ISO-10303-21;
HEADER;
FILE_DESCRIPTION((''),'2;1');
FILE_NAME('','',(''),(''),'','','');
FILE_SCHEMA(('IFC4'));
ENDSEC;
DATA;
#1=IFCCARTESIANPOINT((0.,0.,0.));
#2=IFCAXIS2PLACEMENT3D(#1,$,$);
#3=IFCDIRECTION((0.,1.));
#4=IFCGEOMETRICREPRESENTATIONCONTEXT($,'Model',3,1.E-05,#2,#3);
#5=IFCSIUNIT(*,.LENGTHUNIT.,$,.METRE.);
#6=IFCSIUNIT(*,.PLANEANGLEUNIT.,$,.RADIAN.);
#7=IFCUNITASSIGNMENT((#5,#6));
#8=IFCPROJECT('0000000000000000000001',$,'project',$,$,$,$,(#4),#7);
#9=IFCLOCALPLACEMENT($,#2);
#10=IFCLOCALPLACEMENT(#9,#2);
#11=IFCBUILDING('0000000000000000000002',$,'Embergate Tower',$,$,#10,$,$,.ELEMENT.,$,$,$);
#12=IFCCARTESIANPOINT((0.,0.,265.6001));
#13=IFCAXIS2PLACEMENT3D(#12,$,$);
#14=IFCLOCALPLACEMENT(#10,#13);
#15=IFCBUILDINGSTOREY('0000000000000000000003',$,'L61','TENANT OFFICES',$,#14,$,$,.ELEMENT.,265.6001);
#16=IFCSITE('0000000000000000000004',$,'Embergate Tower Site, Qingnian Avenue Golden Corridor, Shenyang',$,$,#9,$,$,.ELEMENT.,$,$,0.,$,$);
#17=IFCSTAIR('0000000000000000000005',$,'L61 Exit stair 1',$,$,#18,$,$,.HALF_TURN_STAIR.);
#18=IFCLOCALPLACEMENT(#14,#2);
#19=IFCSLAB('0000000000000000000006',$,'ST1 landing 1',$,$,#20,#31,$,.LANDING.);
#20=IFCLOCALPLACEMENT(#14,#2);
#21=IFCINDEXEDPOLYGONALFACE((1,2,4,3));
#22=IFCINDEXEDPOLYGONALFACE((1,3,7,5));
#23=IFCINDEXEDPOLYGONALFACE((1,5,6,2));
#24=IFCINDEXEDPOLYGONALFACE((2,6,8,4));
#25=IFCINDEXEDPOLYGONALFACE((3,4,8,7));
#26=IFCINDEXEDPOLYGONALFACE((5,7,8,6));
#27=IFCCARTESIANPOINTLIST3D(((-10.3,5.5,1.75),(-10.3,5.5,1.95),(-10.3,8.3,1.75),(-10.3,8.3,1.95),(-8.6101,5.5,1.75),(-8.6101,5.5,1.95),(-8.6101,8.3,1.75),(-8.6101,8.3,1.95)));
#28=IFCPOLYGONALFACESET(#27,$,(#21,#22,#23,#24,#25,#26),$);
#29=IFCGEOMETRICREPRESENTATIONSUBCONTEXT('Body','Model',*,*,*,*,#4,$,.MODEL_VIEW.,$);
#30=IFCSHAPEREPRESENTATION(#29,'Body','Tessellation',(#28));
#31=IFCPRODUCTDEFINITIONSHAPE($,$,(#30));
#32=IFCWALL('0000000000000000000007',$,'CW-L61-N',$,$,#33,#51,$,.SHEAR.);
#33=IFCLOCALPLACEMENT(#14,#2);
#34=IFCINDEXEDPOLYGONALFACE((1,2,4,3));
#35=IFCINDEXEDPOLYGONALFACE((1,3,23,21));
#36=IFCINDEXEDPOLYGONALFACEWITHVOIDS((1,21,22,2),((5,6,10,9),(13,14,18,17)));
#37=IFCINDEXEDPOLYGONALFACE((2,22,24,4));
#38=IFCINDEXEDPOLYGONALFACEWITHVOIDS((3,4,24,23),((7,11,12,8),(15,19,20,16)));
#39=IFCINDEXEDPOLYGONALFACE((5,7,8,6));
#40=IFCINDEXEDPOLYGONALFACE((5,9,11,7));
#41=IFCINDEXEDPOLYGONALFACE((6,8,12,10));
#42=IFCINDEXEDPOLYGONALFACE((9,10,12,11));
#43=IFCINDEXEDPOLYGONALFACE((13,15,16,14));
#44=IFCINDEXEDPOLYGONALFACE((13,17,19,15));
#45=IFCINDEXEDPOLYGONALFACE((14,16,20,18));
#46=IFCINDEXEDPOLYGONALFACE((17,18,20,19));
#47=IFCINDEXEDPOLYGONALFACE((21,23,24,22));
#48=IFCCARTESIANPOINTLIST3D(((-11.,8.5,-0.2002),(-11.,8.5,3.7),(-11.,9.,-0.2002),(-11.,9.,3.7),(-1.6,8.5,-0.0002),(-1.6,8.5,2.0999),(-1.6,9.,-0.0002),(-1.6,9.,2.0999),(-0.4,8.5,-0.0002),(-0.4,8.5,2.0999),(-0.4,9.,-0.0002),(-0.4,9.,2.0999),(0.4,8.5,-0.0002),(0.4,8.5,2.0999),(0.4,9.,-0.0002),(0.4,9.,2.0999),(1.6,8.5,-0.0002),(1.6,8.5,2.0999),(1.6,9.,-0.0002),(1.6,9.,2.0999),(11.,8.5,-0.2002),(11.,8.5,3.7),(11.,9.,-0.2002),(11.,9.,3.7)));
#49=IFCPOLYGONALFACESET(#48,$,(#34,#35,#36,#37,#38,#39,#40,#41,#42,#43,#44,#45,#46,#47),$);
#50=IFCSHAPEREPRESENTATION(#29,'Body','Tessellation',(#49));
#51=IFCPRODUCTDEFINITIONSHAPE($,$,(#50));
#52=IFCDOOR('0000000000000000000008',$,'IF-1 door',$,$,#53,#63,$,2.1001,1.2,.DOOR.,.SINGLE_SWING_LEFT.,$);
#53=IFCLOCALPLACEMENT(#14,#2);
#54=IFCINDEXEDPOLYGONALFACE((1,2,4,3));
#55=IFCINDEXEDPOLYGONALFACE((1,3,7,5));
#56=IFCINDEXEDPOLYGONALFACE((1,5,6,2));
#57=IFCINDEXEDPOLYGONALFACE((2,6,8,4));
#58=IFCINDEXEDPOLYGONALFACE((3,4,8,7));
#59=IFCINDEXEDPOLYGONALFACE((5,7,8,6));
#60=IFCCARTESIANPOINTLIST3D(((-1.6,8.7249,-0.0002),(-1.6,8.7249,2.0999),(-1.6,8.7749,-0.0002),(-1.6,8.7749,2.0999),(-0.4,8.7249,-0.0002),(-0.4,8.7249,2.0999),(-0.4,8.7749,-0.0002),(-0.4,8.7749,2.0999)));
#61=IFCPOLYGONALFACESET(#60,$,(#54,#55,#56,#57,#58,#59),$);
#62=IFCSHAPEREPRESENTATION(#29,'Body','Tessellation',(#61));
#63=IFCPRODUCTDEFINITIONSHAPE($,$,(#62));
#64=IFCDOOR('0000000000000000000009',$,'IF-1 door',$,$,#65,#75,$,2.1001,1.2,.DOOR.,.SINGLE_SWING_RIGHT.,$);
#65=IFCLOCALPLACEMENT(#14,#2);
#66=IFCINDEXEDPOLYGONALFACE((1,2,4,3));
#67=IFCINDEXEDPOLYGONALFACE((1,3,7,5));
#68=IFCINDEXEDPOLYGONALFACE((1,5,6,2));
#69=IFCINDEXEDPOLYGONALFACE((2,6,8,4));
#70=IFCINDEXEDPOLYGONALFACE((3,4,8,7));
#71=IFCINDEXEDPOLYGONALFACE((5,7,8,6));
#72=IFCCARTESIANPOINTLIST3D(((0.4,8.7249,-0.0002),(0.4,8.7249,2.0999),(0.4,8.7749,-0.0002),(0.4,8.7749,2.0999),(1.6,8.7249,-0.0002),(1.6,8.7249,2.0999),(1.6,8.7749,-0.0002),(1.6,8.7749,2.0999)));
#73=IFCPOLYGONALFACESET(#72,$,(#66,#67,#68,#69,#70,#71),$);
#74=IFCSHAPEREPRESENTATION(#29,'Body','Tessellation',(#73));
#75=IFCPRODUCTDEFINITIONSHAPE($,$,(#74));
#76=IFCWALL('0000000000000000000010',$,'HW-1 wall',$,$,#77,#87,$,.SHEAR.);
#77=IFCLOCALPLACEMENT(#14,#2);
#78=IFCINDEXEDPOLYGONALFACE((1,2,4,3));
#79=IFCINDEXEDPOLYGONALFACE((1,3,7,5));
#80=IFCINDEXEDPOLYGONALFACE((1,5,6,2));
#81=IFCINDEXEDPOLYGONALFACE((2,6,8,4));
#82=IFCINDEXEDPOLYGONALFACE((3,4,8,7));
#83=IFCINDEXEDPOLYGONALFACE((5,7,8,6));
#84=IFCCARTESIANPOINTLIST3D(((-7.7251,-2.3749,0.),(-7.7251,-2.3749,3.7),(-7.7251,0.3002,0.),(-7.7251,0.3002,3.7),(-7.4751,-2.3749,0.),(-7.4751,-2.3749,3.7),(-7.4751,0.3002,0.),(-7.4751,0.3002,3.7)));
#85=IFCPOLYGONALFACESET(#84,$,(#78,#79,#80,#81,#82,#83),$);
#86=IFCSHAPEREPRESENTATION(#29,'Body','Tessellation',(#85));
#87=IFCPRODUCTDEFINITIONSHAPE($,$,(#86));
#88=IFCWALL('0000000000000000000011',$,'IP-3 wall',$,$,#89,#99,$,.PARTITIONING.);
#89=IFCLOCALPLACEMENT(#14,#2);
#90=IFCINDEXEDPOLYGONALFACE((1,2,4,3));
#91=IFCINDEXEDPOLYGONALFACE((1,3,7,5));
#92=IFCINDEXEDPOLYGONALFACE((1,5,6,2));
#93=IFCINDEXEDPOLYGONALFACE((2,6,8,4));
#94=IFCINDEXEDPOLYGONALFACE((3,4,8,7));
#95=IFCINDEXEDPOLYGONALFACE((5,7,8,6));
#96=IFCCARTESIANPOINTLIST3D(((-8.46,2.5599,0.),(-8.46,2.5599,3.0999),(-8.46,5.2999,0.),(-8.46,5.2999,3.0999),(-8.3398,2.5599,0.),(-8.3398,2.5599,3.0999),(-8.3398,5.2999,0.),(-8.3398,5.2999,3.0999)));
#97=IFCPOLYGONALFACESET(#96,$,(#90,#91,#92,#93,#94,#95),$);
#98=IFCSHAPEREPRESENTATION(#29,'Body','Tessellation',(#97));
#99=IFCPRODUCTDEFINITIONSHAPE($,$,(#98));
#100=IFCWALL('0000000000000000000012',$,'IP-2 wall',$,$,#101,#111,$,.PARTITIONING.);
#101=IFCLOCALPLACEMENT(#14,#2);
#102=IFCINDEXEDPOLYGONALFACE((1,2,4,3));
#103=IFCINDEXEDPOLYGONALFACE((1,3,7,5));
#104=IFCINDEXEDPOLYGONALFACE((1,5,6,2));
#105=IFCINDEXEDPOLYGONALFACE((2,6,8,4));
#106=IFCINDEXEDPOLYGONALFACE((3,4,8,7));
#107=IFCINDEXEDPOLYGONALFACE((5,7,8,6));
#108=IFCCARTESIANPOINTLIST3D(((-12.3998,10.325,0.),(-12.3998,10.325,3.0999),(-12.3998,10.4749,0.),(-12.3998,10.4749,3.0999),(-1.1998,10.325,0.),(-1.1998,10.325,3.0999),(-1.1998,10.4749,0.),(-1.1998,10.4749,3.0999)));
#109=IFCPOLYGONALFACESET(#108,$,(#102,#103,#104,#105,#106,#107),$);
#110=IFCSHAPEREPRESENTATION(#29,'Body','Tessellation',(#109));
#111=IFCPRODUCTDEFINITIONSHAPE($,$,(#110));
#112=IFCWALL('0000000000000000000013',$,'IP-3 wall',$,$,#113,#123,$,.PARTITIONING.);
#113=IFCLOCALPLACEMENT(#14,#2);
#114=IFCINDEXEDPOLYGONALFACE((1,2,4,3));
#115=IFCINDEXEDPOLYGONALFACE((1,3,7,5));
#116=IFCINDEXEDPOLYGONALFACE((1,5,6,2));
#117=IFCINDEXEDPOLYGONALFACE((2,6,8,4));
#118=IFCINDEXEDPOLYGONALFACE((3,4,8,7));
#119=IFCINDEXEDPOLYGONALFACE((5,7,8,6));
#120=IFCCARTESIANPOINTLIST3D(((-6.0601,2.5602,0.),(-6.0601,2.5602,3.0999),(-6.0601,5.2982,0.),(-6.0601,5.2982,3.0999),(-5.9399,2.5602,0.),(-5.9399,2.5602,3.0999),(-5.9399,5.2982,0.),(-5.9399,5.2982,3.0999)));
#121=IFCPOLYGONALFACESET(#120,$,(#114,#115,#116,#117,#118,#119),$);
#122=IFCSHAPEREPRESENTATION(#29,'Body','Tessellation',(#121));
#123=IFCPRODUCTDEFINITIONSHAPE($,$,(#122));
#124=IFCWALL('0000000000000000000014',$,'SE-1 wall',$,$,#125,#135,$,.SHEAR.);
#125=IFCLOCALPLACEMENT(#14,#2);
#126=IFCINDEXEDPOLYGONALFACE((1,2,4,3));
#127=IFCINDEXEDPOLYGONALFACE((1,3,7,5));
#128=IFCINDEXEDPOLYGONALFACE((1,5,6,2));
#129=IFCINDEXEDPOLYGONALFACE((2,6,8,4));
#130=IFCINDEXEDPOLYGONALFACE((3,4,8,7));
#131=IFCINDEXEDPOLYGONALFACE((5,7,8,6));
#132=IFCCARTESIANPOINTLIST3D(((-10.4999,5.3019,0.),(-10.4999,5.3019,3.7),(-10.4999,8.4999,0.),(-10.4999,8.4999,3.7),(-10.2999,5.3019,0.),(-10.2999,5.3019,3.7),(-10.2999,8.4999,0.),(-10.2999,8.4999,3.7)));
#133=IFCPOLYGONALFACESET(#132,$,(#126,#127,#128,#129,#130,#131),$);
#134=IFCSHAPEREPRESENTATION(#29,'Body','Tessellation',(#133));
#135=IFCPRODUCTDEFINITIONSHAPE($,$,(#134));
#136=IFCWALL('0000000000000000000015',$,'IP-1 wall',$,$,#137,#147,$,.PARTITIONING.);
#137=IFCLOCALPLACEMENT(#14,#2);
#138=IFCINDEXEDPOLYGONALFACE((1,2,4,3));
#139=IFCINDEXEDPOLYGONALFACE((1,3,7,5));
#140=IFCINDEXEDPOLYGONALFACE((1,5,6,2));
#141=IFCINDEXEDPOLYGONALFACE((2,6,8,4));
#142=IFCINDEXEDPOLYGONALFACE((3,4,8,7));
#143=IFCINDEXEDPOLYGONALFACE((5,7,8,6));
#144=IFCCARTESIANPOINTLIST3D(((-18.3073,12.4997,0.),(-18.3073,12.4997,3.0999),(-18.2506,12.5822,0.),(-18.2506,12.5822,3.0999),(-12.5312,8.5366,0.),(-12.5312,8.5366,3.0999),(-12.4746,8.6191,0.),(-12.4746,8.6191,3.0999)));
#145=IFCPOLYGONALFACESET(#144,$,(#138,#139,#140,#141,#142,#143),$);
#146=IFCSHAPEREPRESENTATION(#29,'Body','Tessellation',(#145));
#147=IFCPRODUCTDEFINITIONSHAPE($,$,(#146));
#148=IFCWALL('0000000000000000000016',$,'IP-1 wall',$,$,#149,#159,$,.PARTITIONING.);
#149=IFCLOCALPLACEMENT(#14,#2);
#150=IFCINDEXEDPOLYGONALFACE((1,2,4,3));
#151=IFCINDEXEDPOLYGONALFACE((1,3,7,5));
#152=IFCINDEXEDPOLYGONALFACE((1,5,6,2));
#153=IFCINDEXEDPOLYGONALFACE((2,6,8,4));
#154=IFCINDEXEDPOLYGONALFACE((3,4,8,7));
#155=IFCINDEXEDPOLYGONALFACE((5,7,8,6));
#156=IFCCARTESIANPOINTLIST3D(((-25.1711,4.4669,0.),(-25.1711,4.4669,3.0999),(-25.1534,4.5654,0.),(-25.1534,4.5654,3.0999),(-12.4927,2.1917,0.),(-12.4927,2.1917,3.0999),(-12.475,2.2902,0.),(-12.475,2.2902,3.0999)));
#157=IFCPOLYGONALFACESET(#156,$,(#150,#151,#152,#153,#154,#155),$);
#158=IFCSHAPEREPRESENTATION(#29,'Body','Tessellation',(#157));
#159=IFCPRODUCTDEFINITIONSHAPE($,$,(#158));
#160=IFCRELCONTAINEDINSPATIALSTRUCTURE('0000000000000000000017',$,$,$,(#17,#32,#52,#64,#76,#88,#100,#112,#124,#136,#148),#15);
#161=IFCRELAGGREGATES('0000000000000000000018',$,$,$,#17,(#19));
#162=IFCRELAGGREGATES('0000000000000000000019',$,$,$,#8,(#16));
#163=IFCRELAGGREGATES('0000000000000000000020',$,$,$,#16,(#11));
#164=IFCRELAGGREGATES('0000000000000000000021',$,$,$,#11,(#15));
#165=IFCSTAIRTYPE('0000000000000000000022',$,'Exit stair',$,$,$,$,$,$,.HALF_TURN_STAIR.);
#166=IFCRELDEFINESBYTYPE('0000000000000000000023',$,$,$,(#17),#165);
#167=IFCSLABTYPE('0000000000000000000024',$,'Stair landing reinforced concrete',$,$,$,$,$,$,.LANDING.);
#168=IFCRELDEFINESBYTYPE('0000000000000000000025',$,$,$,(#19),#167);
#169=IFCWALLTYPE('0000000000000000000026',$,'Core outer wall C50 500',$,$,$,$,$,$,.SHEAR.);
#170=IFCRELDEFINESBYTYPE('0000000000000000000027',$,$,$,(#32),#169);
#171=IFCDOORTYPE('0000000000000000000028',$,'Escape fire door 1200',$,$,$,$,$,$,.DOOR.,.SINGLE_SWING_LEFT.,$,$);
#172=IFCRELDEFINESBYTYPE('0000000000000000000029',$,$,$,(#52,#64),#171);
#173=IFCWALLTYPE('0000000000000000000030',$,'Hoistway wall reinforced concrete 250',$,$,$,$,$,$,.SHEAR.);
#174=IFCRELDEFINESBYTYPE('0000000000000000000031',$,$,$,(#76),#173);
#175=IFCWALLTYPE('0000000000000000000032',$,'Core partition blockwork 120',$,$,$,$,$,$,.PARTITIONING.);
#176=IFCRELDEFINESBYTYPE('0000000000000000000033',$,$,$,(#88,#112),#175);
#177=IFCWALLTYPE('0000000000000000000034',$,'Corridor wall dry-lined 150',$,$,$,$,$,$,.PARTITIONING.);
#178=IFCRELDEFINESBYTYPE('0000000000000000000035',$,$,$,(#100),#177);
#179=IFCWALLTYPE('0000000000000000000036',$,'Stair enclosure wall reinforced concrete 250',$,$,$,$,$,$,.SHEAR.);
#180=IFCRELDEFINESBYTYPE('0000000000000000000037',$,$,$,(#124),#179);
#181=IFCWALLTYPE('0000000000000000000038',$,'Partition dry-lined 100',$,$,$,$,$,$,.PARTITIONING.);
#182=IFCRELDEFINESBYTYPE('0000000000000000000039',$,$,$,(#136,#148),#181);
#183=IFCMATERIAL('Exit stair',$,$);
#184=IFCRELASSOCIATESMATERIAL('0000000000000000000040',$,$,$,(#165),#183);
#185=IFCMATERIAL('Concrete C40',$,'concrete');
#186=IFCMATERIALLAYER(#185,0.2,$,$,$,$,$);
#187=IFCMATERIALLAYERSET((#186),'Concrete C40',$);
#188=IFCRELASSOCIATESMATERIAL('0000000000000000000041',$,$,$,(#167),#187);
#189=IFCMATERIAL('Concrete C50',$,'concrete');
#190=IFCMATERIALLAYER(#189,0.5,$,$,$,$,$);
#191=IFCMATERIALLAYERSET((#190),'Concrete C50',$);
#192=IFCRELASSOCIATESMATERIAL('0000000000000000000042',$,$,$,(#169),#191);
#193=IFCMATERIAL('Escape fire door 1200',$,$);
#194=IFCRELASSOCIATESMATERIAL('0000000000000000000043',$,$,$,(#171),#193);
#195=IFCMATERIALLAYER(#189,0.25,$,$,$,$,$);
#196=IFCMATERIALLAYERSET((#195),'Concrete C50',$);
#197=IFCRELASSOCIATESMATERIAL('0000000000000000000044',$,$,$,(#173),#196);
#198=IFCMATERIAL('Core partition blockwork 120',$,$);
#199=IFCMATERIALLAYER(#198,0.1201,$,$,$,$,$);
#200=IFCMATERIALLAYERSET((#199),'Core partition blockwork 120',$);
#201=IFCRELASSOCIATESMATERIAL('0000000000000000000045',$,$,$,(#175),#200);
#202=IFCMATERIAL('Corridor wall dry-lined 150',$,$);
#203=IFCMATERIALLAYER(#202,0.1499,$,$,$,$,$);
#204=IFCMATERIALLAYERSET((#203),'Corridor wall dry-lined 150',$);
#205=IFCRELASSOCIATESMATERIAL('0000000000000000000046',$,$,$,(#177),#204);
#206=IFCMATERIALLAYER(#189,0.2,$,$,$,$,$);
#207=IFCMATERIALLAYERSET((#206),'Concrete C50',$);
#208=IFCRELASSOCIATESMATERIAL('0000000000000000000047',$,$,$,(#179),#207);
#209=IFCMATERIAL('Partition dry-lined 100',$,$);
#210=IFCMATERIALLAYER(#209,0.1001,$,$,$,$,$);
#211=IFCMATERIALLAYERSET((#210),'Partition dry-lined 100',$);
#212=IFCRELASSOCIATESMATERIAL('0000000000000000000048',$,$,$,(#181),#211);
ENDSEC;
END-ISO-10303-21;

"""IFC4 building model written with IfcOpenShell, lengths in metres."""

from ifc_helpers import new_model, si_unit, direction, frame, frame_2d, origin, place, context, subcontext, project, spatial, polyline, rectangle, outline, extrude, source, transform, mapped, material, layer, layer_set, type_object, element, fill, aggregate, save


model = new_model("IFC4")

# Units and contexts
model_context = context("Model", 3, precision=1e-05, world=origin(), true_north=direction((0.0, 1.0)))
body_context = subcontext(model_context, "Body", "Model", "MODEL_VIEW")
ifc_project = project(units=[si_unit("LENGTHUNIT", "METRE"), si_unit("PLANEANGLEUNIT", "RADIAN")], contexts=[model_context])

# Site, building, storey
site_placement = place(None, origin())
site = spatial("IfcSite", under=ifc_project, at=site_placement, Name="Embergate Tower Site, Qingnian Avenue Golden Corridor, Shenyang", CompositionType="ELEMENT", RefElevation=0.0)
building_placement = place(site_placement, origin())
building = spatial("IfcBuilding", under=site, at=building_placement, Name="Embergate Tower", CompositionType="ELEMENT")
storey_placement = place(building_placement, frame((0.0, 0.0, 265.6001)))
storey = spatial("IfcBuildingStorey", under=building, at=storey_placement, Name="L61", Description="TENANT OFFICES", CompositionType="ELEMENT", Elevation=265.6001)

# Stair, slab
ifc_material_1 = material(Name="Exit stair")
stair_type = type_object("IfcStairType", Name="Exit stair", PredefinedType="HALF_TURN_STAIR", material=ifc_material_1)
stair_placement = place(storey_placement, origin())
stair = element("IfcStair", 1, at=stair_placement, inside=storey, type_object=stair_type, Name="L61 Exit stair 1", PredefinedType="HALF_TURN_STAIR")
ifc_material_2 = material(Name="Concrete C40", Category="concrete")
ifc_layer_1 = layer(ifc_material_2, 0.2)
ifc_layer_set_1 = layer_set([ifc_layer_1], Name="Concrete C40")
slab_type = type_object("IfcSlabType", Name="Stair landing reinforced concrete", PredefinedType="LANDING", material=ifc_layer_set_1)
shared_shape_1 = source(origin(), body_context, "Body", "SweptSolid", [
    extrude(outline(polyline([(0.0, 0.0), (1.6899, 0.0), (1.6899, 2.8), (0.0, 2.8), (0.0, 0.0)])), origin(), (0.0, 0.0, 1.0), 0.2),
])
slab_placement = place(storey_placement, frame((-10.3, 5.5, 1.75)))
slab = element("IfcSlab", 2, at=slab_placement, type_object=slab_type, Name="ST1 landing 1", PredefinedType="LANDING", context=body_context, shape_type="MappedRepresentation", body=[
    mapped(shared_shape_1, transform((0.0, 0.0, 0.0))),
])

# Wall, openings, doors
ifc_material_3 = material(Name="Concrete C50", Category="concrete")
ifc_layer_2 = layer(ifc_material_3, 0.5)
ifc_layer_set_2 = layer_set([ifc_layer_2], Name="Concrete C50")
wall_type_1 = type_object("IfcWallType", Name="Core outer wall C50 500", PredefinedType="SHEAR", material=ifc_layer_set_2)
shared_shape_2 = source(origin(), body_context, "Body", "SweptSolid", [
    extrude(rectangle(XDim=22.0, YDim=0.5, at=frame_2d((11.0, 0.0))), origin(), (0.0, 0.0, 1.0), 3.9001),
])
wall_1_placement = place(storey_placement, frame((-11.0, 8.75, -0.2002), z_axis=(0.0, 0.0, 1.0), x_axis=(1.0, 0.0, 0.0)))
wall_1 = element("IfcWall", 3, at=wall_1_placement, inside=storey, type_object=wall_type_1, Name="CW-L61-N", PredefinedType="SHEAR", context=body_context, shape_type="MappedRepresentation", body=[
    mapped(shared_shape_2, transform((0.0, 0.0, 0.0))),
])
shared_shape_3 = source(origin(), body_context, "Body", "SweptSolid", [
    extrude(rectangle(XDim=1.2, YDim=2.1001, at=frame_2d((0.6001, 1.05))), frame((0.0, 0.26, 0.0), z_axis=(0.0, -1.0, 0.0), x_axis=(1.0, 0.0, 0.0)), (0.0, 0.0, 1.0), 0.52),
])
opening_1_placement = place(wall_1_placement, frame((9.3999, 0.0, 0.2)))
opening_1 = element("IfcOpeningElement", 4, at=opening_1_placement, cuts=wall_1, PredefinedType="OPENING", context=body_context, shape_type="MappedRepresentation", body=[
    mapped(shared_shape_3, transform((0.0, 0.0, 0.0))),
])
opening_2_placement = place(wall_1_placement, frame((11.3999, 0.0, 0.2)))
opening_2 = element("IfcOpeningElement", 5, at=opening_2_placement, cuts=wall_1, PredefinedType="OPENING", context=body_context, shape_type="MappedRepresentation", body=[
    mapped(shared_shape_3, transform((0.0, 0.0, 0.0))),
])
ifc_material_4 = material(Name="Escape fire door 1200")
door_type_1 = type_object("IfcDoorType", Name="Escape fire door 1200", OperationType="SINGLE_SWING_LEFT", PredefinedType="DOOR", material=ifc_material_4)
shared_shape_4 = source(origin(), body_context, "Body", "SweptSolid", [
    extrude(rectangle(XDim=1.2, YDim=2.1001, at=frame_2d((0.6001, 1.05))), frame((0.0, 0.0249, 0.0), z_axis=(0.0, -1.0, 0.0), x_axis=(1.0, 0.0, 0.0)), (0.0, 0.0, 1.0), 0.05),
])
door_1_placement = place(opening_1_placement, origin())
door_1 = element("IfcDoor", 6, at=door_1_placement, inside=storey, type_object=door_type_1, Name="IF-1 door", OperationType="SINGLE_SWING_LEFT", OverallHeight=2.1001, OverallWidth=1.2, PredefinedType="DOOR", context=body_context, shape_type="MappedRepresentation", body=[
    mapped(shared_shape_4, transform((0.0, 0.0, 0.0))),
])
fill(opening_1, door_1)
door_2_placement = place(opening_2_placement, origin())
door_2 = element("IfcDoor", 7, at=door_2_placement, inside=storey, type_object=door_type_1, Name="IF-1 door", OperationType="SINGLE_SWING_RIGHT", OverallHeight=2.1001, OverallWidth=1.2, PredefinedType="DOOR", context=body_context, shape_type="MappedRepresentation", body=[
    mapped(shared_shape_4, transform((0.0, 0.0, 0.0))),
])
fill(opening_2, door_2)

# Walls
ifc_layer_3 = layer(ifc_material_3, 0.25)
ifc_layer_set_3 = layer_set([ifc_layer_3], Name="Concrete C50")
wall_type_2 = type_object("IfcWallType", Name="Hoistway wall reinforced concrete 250", PredefinedType="SHEAR", material=ifc_layer_set_3)
shared_shape_5 = source(origin(), body_context, "Body", "SweptSolid", [
    extrude(rectangle(XDim=2.675, YDim=0.25, at=frame_2d((1.3374, 0.0))), origin(), (0.0, 0.0, 1.0), 3.7),
])
wall_2_placement = place(storey_placement, frame((-7.6001, 0.3, 0.0), z_axis=(0.0, 0.0, 1.0), x_axis=(0.0, -1.0, 0.0)))
element("IfcWall", 8, at=wall_2_placement, inside=storey, type_object=wall_type_2, Name="HW-1 wall", PredefinedType="SHEAR", context=body_context, shape_type="MappedRepresentation", body=[
    mapped(shared_shape_5, transform((0.0, 0.0, 0.0))),
])
ifc_material_5 = material(Name="Core partition blockwork 120")
ifc_layer_4 = layer(ifc_material_5, 0.1201)
ifc_layer_set_4 = layer_set([ifc_layer_4], Name="Core partition blockwork 120")
wall_type_3 = type_object("IfcWallType", Name="Core partition blockwork 120", PredefinedType="PARTITIONING", material=ifc_layer_set_4)
shared_shape_6 = source(origin(), body_context, "Body", "SweptSolid", [
    extrude(rectangle(XDim=2.74, YDim=0.1201, at=frame_2d((1.3701, 0.0))), origin(), (0.0, 0.0, 1.0), 3.0999),
])
wall_3_placement = place(storey_placement, frame((-8.3999, 5.3, 0.0), z_axis=(0.0, 0.0, 1.0), x_axis=(0.0, -1.0, 0.0)))
element("IfcWall", 9, at=wall_3_placement, inside=storey, type_object=wall_type_3, Name="IP-3 wall", PredefinedType="PARTITIONING", context=body_context, shape_type="MappedRepresentation", body=[
    mapped(shared_shape_6, transform((0.0, 0.0, 0.0))),
])
ifc_material_6 = material(Name="Corridor wall dry-lined 150")
ifc_layer_5 = layer(ifc_material_6, 0.1499)
ifc_layer_set_5 = layer_set([ifc_layer_5], Name="Corridor wall dry-lined 150")
wall_type_4 = type_object("IfcWallType", Name="Corridor wall dry-lined 150", PredefinedType="PARTITIONING", material=ifc_layer_set_5)
shared_shape_7 = source(origin(), body_context, "Body", "SweptSolid", [
    extrude(rectangle(XDim=11.2, YDim=0.1499, at=frame_2d((5.6001, 0.0))), origin(), (0.0, 0.0, 1.0), 3.0999),
])
wall_4_placement = place(storey_placement, frame((-12.3999, 10.3999, 0.0), z_axis=(0.0, 0.0, 1.0), x_axis=(1.0, 0.0, 0.0)))
element("IfcWall", 10, at=wall_4_placement, inside=storey, type_object=wall_type_4, Name="IP-2 wall", PredefinedType="PARTITIONING", context=body_context, shape_type="MappedRepresentation", body=[
    mapped(shared_shape_7, transform((0.0, 0.0, 0.0))),
])
shared_shape_8 = source(origin(), body_context, "Body", "SweptSolid", [
    extrude(rectangle(XDim=2.738, YDim=0.1201, at=frame_2d((1.3691, 0.0))), origin(), (0.0, 0.0, 1.0), 3.0999),
])
wall_5_placement = place(storey_placement, frame((-6.0, 2.5601, 0.0), z_axis=(0.0, 0.0, 1.0), x_axis=(0.0, 1.0, 0.0)))
element("IfcWall", 11, at=wall_5_placement, inside=storey, type_object=wall_type_3, Name="IP-3 wall", PredefinedType="PARTITIONING", context=body_context, shape_type="MappedRepresentation", body=[
    mapped(shared_shape_8, transform((0.0, 0.0, 0.0))),
])
ifc_layer_6 = layer(ifc_material_3, 0.2)
ifc_layer_set_6 = layer_set([ifc_layer_6], Name="Concrete C50")
wall_type_5 = type_object("IfcWallType", Name="Stair enclosure wall reinforced concrete 250", PredefinedType="SHEAR", material=ifc_layer_set_6)
shared_shape_9 = source(origin(), body_context, "Body", "SweptSolid", [
    extrude(rectangle(XDim=3.198, YDim=0.2, at=frame_2d((1.5991, 0.0))), origin(), (0.0, 0.0, 1.0), 3.7),
])
wall_6_placement = place(storey_placement, frame((-10.3999, 8.5, 0.0), z_axis=(0.0, 0.0, 1.0), x_axis=(0.0, -1.0, 0.0)))
element("IfcWall", 12, at=wall_6_placement, inside=storey, type_object=wall_type_5, Name="SE-1 wall", PredefinedType="SHEAR", context=body_context, shape_type="MappedRepresentation", body=[
    mapped(shared_shape_9, transform((0.0, 0.0, 0.0))),
])
ifc_material_7 = material(Name="Partition dry-lined 100")
ifc_layer_7 = layer(ifc_material_7, 0.1001)
ifc_layer_set_7 = layer_set([ifc_layer_7], Name="Partition dry-lined 100")
wall_type_6 = type_object("IfcWallType", Name="Partition dry-lined 100", PredefinedType="PARTITIONING", material=ifc_layer_set_7)
shared_shape_10 = source(origin(), body_context, "Body", "SweptSolid", [
    extrude(rectangle(XDim=7.0049, YDim=0.1001, at=frame_2d((3.5024, 0.0))), origin(), (0.0, 0.0, 1.0), 3.0999),
])
wall_7_placement = place(storey_placement, frame((-12.5029, 8.5779, 0.0), z_axis=(0.0, 0.0, 1.0), x_axis=(-0.824571, 0.565758, 0.0)))
element("IfcWall", 13, at=wall_7_placement, inside=storey, type_object=wall_type_6, Name="IP-1 wall", PredefinedType="PARTITIONING", context=body_context, shape_type="MappedRepresentation", body=[
    mapped(shared_shape_10, transform((0.0, 0.0, 0.0))),
])
shared_shape_11 = source(origin(), body_context, "Body", "SweptSolid", [
    extrude(rectangle(XDim=12.8809, YDim=0.1001, at=frame_2d((6.4404, 0.0))), origin(), (0.0, 0.0, 1.0), 3.0999),
])
wall_8_placement = place(storey_placement, frame((-12.4839, 2.241, 0.0), z_axis=(0.0, 0.0, 1.0), x_axis=(-0.984277, 0.176632, 0.0)))
element("IfcWall", 14, at=wall_8_placement, inside=storey, type_object=wall_type_6, Name="IP-1 wall", PredefinedType="PARTITIONING", context=body_context, shape_type="MappedRepresentation", body=[
    mapped(shared_shape_11, transform((0.0, 0.0, 0.0))),
])

aggregate(stair, [slab])

save(model, "model.ifc")
